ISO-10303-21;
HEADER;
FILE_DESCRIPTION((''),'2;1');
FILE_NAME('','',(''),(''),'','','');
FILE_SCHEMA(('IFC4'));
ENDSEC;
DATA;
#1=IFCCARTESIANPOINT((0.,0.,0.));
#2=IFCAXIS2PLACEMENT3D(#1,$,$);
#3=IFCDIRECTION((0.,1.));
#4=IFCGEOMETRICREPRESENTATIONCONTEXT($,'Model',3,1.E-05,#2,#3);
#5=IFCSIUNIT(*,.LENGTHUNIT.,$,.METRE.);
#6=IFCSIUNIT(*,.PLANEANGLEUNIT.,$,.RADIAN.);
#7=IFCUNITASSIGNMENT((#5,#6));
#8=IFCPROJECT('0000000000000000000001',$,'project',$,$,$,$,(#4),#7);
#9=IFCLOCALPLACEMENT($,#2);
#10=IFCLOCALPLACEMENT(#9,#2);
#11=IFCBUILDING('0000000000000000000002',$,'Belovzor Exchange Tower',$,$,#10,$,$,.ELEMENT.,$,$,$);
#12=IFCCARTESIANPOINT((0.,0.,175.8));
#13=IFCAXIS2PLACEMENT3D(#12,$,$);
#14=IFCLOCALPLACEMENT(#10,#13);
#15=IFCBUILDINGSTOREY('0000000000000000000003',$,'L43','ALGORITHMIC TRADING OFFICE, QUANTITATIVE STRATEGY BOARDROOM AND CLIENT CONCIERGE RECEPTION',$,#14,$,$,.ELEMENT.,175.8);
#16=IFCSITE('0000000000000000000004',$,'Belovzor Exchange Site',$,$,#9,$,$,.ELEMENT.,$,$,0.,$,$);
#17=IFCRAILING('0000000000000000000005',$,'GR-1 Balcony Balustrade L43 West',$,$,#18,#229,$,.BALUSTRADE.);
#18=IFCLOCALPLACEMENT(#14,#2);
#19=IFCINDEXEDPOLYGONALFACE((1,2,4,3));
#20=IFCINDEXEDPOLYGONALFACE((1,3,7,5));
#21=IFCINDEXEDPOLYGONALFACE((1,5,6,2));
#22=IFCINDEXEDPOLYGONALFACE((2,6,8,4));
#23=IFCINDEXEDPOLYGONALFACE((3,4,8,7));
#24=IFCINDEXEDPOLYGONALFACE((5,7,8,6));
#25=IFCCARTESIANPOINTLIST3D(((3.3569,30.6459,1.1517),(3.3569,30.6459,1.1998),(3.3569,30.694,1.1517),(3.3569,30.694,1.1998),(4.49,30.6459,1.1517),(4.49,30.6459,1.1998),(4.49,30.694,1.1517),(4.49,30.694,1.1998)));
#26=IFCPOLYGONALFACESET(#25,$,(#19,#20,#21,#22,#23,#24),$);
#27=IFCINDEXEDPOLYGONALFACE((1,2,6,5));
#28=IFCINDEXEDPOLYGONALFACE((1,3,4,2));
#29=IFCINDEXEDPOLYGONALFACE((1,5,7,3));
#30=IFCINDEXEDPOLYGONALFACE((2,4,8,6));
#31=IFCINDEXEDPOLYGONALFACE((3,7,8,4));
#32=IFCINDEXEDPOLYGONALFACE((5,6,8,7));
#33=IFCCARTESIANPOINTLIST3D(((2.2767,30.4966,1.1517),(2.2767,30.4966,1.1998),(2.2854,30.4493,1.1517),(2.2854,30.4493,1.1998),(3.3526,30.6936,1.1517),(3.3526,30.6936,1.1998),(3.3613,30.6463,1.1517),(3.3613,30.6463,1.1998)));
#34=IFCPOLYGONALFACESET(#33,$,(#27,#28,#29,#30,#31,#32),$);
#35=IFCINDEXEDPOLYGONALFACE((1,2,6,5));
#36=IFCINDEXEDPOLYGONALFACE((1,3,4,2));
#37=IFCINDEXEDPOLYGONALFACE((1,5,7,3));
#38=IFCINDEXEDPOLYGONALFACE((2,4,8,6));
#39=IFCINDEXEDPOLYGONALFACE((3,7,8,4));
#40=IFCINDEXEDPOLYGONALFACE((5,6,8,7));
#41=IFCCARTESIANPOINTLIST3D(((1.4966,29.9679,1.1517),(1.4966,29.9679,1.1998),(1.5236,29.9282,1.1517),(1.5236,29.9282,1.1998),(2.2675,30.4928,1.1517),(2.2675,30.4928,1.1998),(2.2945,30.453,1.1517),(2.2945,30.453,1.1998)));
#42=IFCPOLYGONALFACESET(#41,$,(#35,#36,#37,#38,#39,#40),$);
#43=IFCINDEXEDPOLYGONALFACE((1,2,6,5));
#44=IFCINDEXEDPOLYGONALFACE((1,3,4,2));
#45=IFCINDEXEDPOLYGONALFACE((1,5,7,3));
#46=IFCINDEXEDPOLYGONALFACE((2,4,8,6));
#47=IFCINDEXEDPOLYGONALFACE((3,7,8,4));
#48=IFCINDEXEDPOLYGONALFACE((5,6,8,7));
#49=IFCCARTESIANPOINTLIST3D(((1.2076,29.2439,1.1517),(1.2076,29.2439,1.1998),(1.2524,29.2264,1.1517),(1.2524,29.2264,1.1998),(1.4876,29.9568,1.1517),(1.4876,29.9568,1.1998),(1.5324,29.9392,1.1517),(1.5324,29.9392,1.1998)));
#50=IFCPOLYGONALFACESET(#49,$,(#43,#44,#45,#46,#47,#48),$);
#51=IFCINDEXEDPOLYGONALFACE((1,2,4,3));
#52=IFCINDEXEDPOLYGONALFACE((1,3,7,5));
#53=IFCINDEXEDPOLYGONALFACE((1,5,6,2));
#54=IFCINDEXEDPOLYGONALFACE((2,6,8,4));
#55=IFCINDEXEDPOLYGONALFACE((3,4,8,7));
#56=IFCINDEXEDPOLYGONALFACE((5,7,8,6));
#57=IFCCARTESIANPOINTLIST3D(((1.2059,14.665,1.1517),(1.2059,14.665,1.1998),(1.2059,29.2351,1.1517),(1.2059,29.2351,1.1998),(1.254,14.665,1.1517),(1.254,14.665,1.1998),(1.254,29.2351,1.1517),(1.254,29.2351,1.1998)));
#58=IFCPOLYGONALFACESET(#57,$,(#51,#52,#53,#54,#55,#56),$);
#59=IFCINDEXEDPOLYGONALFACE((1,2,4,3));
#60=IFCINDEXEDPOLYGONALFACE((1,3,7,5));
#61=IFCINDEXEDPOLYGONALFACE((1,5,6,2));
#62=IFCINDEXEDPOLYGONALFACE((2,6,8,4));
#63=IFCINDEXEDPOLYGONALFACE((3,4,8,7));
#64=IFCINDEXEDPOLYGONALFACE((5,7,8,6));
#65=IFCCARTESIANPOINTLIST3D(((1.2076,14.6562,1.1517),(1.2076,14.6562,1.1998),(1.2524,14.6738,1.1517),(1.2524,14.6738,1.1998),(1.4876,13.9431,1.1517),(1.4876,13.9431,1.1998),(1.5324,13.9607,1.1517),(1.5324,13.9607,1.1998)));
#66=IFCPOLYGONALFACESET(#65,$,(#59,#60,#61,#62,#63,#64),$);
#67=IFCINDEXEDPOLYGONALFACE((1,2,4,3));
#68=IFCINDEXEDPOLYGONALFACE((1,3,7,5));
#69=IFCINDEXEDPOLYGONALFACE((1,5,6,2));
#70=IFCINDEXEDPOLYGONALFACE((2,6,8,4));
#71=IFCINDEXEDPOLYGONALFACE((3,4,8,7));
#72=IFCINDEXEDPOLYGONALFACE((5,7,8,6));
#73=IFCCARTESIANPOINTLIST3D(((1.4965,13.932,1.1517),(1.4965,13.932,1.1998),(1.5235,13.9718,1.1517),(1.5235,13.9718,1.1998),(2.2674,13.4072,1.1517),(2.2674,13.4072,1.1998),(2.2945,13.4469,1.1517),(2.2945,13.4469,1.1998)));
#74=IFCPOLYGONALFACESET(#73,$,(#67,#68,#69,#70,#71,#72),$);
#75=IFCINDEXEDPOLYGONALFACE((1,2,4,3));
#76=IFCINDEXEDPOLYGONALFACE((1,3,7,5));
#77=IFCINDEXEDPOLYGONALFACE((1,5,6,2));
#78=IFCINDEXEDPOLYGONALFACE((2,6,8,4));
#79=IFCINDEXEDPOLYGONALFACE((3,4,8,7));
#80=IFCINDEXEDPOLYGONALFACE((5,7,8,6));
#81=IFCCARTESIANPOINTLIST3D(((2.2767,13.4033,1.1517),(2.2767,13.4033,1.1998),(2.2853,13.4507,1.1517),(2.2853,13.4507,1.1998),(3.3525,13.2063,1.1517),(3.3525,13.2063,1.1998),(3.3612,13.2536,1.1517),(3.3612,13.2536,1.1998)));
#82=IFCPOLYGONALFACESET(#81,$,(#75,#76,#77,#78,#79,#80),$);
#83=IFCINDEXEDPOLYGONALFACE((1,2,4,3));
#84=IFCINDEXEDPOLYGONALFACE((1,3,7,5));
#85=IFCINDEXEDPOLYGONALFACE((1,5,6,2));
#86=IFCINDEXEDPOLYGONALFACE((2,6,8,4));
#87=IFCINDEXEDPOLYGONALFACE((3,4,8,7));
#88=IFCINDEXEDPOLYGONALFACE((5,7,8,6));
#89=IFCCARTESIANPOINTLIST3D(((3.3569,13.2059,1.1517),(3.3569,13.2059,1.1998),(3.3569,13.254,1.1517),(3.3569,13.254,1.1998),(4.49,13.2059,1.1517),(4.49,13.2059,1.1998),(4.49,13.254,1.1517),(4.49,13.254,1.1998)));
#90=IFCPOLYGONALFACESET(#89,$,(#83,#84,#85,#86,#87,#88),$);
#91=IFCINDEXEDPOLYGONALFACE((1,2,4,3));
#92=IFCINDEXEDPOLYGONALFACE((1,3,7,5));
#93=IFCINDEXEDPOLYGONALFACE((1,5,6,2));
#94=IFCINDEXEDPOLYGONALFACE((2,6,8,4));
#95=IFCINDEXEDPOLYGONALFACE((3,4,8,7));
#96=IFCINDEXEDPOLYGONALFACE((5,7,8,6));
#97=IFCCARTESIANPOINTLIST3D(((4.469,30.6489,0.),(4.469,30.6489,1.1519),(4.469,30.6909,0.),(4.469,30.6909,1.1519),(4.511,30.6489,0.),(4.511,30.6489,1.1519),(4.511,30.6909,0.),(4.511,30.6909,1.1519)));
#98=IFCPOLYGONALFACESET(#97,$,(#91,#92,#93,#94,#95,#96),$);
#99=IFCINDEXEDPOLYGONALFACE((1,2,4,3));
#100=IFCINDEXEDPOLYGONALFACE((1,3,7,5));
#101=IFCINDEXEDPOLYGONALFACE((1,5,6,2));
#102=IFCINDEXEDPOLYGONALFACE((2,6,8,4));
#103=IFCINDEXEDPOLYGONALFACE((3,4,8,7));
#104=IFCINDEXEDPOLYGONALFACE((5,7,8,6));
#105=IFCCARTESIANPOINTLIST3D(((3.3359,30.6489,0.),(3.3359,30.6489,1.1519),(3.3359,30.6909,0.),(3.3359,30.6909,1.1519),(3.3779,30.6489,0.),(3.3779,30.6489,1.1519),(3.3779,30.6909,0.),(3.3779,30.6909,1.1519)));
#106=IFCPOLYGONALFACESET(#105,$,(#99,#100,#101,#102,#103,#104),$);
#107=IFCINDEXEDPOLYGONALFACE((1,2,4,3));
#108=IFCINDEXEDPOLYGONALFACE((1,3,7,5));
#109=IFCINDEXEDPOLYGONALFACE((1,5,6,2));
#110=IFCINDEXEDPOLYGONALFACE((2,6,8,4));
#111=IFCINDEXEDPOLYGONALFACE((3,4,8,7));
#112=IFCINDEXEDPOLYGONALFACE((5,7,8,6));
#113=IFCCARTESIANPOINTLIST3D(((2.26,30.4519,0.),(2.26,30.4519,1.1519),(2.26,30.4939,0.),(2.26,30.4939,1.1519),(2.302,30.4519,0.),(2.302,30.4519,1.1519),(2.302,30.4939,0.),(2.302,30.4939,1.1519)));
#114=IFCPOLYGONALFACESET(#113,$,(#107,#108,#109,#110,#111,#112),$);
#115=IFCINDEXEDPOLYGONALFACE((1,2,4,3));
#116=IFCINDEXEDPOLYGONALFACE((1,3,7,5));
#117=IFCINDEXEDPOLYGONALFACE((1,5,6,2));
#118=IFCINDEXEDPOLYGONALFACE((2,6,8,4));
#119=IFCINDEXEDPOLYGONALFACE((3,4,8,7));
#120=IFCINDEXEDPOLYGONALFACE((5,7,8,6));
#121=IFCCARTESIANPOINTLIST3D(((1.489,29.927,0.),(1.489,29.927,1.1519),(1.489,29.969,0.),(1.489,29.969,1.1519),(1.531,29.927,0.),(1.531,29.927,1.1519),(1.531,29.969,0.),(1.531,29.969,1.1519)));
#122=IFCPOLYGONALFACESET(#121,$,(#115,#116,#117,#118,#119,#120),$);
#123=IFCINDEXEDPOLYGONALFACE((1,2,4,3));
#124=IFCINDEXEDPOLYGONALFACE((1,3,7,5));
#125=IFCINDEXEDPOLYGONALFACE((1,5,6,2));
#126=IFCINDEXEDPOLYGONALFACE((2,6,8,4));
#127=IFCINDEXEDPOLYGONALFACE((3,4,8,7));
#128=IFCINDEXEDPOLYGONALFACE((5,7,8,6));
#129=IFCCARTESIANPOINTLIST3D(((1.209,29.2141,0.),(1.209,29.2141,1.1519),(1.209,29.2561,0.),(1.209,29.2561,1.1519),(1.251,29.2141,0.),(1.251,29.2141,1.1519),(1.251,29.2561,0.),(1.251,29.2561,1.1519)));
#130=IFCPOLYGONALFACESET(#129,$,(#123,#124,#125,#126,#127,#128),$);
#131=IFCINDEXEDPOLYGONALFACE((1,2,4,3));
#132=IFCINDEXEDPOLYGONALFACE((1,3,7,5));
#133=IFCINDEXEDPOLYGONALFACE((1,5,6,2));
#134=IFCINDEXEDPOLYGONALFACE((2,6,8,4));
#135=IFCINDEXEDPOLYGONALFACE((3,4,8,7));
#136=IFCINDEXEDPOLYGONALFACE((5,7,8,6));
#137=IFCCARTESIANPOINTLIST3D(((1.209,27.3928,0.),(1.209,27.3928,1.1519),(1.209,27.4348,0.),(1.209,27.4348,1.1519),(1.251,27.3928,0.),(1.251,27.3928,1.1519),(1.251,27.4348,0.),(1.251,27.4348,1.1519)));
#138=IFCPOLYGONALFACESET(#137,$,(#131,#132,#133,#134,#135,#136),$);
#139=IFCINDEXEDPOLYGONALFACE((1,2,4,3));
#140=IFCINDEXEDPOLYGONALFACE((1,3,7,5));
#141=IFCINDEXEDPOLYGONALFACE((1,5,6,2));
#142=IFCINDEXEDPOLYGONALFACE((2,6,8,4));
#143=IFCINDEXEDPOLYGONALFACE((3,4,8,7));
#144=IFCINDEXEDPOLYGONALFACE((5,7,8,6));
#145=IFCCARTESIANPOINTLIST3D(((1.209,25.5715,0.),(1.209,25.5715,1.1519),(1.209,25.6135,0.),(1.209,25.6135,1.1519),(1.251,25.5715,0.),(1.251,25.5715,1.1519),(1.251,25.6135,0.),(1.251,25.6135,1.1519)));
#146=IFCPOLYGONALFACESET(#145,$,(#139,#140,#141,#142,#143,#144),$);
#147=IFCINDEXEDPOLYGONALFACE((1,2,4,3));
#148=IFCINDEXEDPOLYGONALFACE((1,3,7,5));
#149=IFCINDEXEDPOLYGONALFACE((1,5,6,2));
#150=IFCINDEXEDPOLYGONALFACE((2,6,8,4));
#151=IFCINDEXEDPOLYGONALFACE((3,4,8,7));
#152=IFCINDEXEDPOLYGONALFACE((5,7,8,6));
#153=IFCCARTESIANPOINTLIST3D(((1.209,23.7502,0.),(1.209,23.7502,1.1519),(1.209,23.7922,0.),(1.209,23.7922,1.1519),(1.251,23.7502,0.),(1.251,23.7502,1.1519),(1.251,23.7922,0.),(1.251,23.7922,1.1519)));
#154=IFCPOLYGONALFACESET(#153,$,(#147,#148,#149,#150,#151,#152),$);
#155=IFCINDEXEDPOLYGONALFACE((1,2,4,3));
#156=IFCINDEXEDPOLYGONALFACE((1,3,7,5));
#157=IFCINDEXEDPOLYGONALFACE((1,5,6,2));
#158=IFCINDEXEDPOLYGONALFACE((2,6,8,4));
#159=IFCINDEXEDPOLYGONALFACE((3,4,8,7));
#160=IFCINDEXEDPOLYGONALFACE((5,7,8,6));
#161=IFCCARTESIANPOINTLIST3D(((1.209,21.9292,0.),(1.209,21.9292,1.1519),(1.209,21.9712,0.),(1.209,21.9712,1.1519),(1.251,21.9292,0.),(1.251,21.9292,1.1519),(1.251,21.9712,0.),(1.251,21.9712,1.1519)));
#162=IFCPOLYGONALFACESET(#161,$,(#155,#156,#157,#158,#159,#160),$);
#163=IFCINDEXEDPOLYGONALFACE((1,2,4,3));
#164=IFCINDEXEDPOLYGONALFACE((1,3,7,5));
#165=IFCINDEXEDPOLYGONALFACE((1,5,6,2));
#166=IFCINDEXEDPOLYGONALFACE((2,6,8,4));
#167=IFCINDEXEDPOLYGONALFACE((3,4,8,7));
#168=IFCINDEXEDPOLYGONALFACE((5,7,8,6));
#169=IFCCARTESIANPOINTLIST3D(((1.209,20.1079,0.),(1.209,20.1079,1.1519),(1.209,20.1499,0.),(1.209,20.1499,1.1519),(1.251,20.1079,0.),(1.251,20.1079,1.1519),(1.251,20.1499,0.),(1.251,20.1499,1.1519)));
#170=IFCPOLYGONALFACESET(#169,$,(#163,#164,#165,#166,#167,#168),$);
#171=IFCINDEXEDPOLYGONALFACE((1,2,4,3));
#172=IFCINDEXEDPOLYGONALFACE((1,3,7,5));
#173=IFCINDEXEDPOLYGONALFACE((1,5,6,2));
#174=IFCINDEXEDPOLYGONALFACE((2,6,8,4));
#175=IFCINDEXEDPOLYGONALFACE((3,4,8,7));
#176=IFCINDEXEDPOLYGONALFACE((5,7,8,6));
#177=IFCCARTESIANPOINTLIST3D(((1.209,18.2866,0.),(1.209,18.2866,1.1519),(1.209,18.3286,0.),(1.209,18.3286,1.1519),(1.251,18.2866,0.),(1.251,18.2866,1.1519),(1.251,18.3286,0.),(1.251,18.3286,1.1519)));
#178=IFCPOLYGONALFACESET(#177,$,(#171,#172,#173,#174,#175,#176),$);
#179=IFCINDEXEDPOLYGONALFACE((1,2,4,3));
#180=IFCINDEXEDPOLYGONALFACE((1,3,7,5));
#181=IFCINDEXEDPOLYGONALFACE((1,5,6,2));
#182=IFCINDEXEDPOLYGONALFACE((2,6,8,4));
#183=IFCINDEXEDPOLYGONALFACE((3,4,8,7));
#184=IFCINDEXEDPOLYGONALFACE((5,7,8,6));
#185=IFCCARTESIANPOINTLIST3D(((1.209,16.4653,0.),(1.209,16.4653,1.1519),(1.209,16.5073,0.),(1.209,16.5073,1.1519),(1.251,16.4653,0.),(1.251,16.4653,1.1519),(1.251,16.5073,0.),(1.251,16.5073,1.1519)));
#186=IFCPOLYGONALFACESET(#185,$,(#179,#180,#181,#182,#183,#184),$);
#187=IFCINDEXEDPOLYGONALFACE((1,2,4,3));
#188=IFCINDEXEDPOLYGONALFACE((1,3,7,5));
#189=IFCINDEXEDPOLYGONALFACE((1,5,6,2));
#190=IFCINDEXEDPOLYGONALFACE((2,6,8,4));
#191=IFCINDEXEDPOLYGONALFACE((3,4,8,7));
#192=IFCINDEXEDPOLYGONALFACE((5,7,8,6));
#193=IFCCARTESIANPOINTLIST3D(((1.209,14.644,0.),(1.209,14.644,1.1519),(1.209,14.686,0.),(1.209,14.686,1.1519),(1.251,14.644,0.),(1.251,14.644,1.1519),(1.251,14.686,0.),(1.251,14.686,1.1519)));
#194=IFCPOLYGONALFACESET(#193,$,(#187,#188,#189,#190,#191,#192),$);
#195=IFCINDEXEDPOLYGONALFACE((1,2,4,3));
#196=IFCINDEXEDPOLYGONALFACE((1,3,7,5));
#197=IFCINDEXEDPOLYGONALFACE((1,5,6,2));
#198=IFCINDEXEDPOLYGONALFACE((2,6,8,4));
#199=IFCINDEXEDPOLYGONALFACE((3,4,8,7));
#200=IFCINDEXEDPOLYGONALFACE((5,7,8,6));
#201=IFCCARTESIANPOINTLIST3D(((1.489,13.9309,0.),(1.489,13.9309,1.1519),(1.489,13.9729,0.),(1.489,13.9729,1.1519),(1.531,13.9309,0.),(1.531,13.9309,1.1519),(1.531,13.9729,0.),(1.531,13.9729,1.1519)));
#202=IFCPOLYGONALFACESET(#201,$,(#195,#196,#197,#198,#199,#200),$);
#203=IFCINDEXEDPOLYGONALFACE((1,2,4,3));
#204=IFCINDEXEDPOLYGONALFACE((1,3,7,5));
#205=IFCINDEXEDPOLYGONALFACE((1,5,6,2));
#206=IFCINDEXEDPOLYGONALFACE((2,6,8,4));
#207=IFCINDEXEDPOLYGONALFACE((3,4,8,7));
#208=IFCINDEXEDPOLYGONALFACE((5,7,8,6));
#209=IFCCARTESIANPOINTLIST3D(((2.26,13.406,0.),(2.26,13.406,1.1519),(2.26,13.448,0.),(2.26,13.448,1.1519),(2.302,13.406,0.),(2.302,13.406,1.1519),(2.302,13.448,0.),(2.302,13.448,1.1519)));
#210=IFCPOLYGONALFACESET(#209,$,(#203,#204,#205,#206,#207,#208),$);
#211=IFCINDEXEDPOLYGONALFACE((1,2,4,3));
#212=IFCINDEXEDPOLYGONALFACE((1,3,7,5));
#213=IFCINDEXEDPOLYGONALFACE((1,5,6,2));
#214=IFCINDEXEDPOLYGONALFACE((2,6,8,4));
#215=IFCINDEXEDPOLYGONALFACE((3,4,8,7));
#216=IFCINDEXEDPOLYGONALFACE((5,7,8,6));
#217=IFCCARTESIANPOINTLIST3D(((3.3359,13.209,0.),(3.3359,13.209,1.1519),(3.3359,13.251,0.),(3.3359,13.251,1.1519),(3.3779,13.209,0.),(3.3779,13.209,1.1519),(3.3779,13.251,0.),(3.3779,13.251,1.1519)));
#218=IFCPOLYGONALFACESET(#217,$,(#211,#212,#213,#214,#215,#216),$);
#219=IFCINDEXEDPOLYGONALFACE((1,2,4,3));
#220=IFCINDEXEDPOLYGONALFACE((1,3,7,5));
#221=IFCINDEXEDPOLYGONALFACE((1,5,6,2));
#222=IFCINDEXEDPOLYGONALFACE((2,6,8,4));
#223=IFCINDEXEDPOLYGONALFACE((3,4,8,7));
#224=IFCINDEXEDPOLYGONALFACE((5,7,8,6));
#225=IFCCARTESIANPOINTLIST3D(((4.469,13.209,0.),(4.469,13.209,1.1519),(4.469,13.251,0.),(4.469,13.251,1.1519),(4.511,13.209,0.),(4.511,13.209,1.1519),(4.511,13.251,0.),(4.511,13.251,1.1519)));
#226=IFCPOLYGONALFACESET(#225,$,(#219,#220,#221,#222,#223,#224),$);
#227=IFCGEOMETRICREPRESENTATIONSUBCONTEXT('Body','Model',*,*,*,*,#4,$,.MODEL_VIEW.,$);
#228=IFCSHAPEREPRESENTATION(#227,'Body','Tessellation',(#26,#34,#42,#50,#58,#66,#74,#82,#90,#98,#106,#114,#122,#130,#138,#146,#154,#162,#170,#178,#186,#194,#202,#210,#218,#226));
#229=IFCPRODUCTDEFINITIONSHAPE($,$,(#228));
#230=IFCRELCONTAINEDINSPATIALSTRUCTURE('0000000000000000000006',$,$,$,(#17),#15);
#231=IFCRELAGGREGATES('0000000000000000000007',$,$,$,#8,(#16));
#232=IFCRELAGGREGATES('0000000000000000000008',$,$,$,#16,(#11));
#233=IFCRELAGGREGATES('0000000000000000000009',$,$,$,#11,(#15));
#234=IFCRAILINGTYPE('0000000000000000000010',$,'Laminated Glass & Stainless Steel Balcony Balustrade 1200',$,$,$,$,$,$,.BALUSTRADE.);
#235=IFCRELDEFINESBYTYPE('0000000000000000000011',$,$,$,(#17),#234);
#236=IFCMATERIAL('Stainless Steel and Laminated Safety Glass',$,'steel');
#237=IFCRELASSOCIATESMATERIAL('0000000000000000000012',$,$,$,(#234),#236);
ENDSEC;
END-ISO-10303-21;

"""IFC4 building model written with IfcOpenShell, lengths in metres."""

from ifc_helpers import new_model, si_unit, direction, frame, origin, origin_2d, place, context, subcontext, project, spatial, rectangle, extrude, material, type_object, element, save


model = new_model("IFC4")

# Units and contexts
model_context = context("Model", 3, precision=1e-05, world=origin(), true_north=direction((0.0, 1.0)))
body_context = subcontext(model_context, "Body", "Model", "MODEL_VIEW")
ifc_project = project(units=[si_unit("LENGTHUNIT", "METRE"), si_unit("PLANEANGLEUNIT", "RADIAN")], contexts=[model_context])

# Site, building, storey
site_placement = place(None, origin())
site = spatial("IfcSite", under=ifc_project, at=site_placement, Name="Belovzor Exchange Site", CompositionType="ELEMENT", RefElevation=0.0)
building_placement = place(site_placement, origin())
building = spatial("IfcBuilding", under=site, at=building_placement, Name="Belovzor Exchange Tower", CompositionType="ELEMENT")
storey_placement = place(building_placement, frame((0.0, 0.0, 175.8)))
storey = spatial("IfcBuildingStorey", under=building, at=storey_placement, Name="L43", Description="ALGORITHMIC TRADING OFFICE, QUANTITATIVE STRATEGY BOARDROOM AND CLIENT CONCIERGE RECEPTION", CompositionType="ELEMENT", Elevation=175.8)

# Railing
ifc_material_1 = material(Name="Stainless Steel and Laminated Safety Glass", Category="steel")
railing_type = type_object("IfcRailingType", Name="Laminated Glass & Stainless Steel Balcony Balustrade 1200", PredefinedType="BALUSTRADE", material=ifc_material_1)
railing_placement = place(storey_placement, frame((4.49, 30.6699, 0.0)))
element("IfcRailing", 1, at=railing_placement, inside=storey, type_object=railing_type, Name="GR-1 Balcony Balustrade L43 West", PredefinedType="BALUSTRADE", context=body_context, shape_type="SweptSolid", body=[
    extrude(rectangle(XDim=0.0481, YDim=0.0481, at=origin_2d()), frame((0.0, 0.0, 1.1758), z_axis=(-1.0, 0.0, 0.0), x_axis=(0.0, -1.0, 0.0)), (0.0, 0.0, 1.0), 1.1331),
    extrude(rectangle(XDim=0.0481, YDim=0.0481, at=origin_2d()), frame((-1.1331, 0.0, 1.1758), z_axis=(-0.983644, -0.180123, 0.0), x_axis=(0.180123, -0.983644, 0.0)), (0.0, 0.0, 1.0), 1.0938),
    extrude(rectangle(XDim=0.0481, YDim=0.0481, at=origin_2d()), frame((-2.209, -0.197, 1.1758), z_axis=(-0.826615, -0.562768, 0.0), x_axis=(0.562768, -0.826615, 0.0)), (0.0, 0.0, 1.0), 0.9326),
    extrude(rectangle(XDim=0.0481, YDim=0.0481, at=origin_2d()), frame((-2.98, -0.7219, 1.1758), z_axis=(-0.365613, -0.930767, 0.0), x_axis=(0.930767, -0.365613, 0.0)), (0.0, 0.0, 1.0), 0.7659),
    extrude(rectangle(XDim=0.0481, YDim=0.0481, at=origin_2d()), frame((-3.26, -1.4348, 1.1758), z_axis=(0.0, -1.0, 0.0), x_axis=(1.0, 0.0, 0.0)), (0.0, 0.0, 1.0), 14.5701),
    extrude(rectangle(XDim=0.0481, YDim=0.0481, at=origin_2d()), frame((-3.26, -16.0049, 1.1758), z_axis=(0.365504, -0.93081, 0.0), x_axis=(0.93081, 0.365504, 0.0)), (0.0, 0.0, 1.0), 0.7661),
    extrude(rectangle(XDim=0.0481, YDim=0.0481, at=origin_2d()), frame((-2.98, -16.718, 1.1758), z_axis=(0.826615, -0.562768, 0.0), x_axis=(0.562768, 0.826615, 0.0)), (0.0, 0.0, 1.0), 0.9326),
    extrude(rectangle(XDim=0.0481, YDim=0.0481, at=origin_2d()), frame((-2.209, -17.2429, 1.1758), z_axis=(0.983644, -0.180123, 0.0), x_axis=(0.180123, 0.983644, 0.0)), (0.0, 0.0, 1.0), 1.0938),
    extrude(rectangle(XDim=0.0481, YDim=0.0481, at=origin_2d()), frame((-1.1331, -17.4399, 1.1758), z_axis=(1.0, 0.0, 0.0), x_axis=(0.0, 1.0, 0.0)), (0.0, 0.0, 1.0), 1.1331),
    extrude(rectangle(XDim=0.042, YDim=0.042, at=origin_2d()), origin(), (0.0, 0.0, 1.0), 1.1519),
    extrude(rectangle(XDim=0.042, YDim=0.042, at=origin_2d()), frame((-1.1331, 0.0, 0.0)), (0.0, 0.0, 1.0), 1.1519),
    extrude(rectangle(XDim=0.042, YDim=0.042, at=origin_2d()), frame((-2.209, -0.197, 0.0)), (0.0, 0.0, 1.0), 1.1519),
    extrude(rectangle(XDim=0.042, YDim=0.042, at=origin_2d()), frame((-2.98, -0.7219, 0.0)), (0.0, 0.0, 1.0), 1.1519),
    extrude(rectangle(XDim=0.042, YDim=0.042, at=origin_2d()), frame((-3.26, -1.4348, 0.0)), (0.0, 0.0, 1.0), 1.1519),
    extrude(rectangle(XDim=0.042, YDim=0.042, at=origin_2d()), frame((-3.26, -3.2561, 0.0)), (0.0, 0.0, 1.0), 1.1519),
    extrude(rectangle(XDim=0.042, YDim=0.042, at=origin_2d()), frame((-3.26, -5.0774, 0.0)), (0.0, 0.0, 1.0), 1.1519),
    extrude(rectangle(XDim=0.042, YDim=0.042, at=origin_2d()), frame((-3.26, -6.8987, 0.0)), (0.0, 0.0, 1.0), 1.1519),
    extrude(rectangle(XDim=0.042, YDim=0.042, at=origin_2d()), frame((-3.26, -8.7197, 0.0)), (0.0, 0.0, 1.0), 1.1519),
    extrude(rectangle(XDim=0.042, YDim=0.042, at=origin_2d()), frame((-3.26, -10.541, 0.0)), (0.0, 0.0, 1.0), 1.1519),
    extrude(rectangle(XDim=0.042, YDim=0.042, at=origin_2d()), frame((-3.26, -12.3623, 0.0)), (0.0, 0.0, 1.0), 1.1519),
    extrude(rectangle(XDim=0.042, YDim=0.042, at=origin_2d()), frame((-3.26, -14.1836, 0.0)), (0.0, 0.0, 1.0), 1.1519),
    extrude(rectangle(XDim=0.042, YDim=0.042, at=origin_2d()), frame((-3.26, -16.0049, 0.0)), (0.0, 0.0, 1.0), 1.1519),
    extrude(rectangle(XDim=0.042, YDim=0.042, at=origin_2d()), frame((-2.98, -16.718, 0.0)), (0.0, 0.0, 1.0), 1.1519),
    extrude(rectangle(XDim=0.042, YDim=0.042, at=origin_2d()), frame((-2.209, -17.2429, 0.0)), (0.0, 0.0, 1.0), 1.1519),
    extrude(rectangle(XDim=0.042, YDim=0.042, at=origin_2d()), frame((-1.1331, -17.4399, 0.0)), (0.0, 0.0, 1.0), 1.1519),
    extrude(rectangle(XDim=0.042, YDim=0.042, at=origin_2d()), frame((0.0, -17.4399, 0.0)), (0.0, 0.0, 1.0), 1.1519),
])

save(model, "model.ifc")
